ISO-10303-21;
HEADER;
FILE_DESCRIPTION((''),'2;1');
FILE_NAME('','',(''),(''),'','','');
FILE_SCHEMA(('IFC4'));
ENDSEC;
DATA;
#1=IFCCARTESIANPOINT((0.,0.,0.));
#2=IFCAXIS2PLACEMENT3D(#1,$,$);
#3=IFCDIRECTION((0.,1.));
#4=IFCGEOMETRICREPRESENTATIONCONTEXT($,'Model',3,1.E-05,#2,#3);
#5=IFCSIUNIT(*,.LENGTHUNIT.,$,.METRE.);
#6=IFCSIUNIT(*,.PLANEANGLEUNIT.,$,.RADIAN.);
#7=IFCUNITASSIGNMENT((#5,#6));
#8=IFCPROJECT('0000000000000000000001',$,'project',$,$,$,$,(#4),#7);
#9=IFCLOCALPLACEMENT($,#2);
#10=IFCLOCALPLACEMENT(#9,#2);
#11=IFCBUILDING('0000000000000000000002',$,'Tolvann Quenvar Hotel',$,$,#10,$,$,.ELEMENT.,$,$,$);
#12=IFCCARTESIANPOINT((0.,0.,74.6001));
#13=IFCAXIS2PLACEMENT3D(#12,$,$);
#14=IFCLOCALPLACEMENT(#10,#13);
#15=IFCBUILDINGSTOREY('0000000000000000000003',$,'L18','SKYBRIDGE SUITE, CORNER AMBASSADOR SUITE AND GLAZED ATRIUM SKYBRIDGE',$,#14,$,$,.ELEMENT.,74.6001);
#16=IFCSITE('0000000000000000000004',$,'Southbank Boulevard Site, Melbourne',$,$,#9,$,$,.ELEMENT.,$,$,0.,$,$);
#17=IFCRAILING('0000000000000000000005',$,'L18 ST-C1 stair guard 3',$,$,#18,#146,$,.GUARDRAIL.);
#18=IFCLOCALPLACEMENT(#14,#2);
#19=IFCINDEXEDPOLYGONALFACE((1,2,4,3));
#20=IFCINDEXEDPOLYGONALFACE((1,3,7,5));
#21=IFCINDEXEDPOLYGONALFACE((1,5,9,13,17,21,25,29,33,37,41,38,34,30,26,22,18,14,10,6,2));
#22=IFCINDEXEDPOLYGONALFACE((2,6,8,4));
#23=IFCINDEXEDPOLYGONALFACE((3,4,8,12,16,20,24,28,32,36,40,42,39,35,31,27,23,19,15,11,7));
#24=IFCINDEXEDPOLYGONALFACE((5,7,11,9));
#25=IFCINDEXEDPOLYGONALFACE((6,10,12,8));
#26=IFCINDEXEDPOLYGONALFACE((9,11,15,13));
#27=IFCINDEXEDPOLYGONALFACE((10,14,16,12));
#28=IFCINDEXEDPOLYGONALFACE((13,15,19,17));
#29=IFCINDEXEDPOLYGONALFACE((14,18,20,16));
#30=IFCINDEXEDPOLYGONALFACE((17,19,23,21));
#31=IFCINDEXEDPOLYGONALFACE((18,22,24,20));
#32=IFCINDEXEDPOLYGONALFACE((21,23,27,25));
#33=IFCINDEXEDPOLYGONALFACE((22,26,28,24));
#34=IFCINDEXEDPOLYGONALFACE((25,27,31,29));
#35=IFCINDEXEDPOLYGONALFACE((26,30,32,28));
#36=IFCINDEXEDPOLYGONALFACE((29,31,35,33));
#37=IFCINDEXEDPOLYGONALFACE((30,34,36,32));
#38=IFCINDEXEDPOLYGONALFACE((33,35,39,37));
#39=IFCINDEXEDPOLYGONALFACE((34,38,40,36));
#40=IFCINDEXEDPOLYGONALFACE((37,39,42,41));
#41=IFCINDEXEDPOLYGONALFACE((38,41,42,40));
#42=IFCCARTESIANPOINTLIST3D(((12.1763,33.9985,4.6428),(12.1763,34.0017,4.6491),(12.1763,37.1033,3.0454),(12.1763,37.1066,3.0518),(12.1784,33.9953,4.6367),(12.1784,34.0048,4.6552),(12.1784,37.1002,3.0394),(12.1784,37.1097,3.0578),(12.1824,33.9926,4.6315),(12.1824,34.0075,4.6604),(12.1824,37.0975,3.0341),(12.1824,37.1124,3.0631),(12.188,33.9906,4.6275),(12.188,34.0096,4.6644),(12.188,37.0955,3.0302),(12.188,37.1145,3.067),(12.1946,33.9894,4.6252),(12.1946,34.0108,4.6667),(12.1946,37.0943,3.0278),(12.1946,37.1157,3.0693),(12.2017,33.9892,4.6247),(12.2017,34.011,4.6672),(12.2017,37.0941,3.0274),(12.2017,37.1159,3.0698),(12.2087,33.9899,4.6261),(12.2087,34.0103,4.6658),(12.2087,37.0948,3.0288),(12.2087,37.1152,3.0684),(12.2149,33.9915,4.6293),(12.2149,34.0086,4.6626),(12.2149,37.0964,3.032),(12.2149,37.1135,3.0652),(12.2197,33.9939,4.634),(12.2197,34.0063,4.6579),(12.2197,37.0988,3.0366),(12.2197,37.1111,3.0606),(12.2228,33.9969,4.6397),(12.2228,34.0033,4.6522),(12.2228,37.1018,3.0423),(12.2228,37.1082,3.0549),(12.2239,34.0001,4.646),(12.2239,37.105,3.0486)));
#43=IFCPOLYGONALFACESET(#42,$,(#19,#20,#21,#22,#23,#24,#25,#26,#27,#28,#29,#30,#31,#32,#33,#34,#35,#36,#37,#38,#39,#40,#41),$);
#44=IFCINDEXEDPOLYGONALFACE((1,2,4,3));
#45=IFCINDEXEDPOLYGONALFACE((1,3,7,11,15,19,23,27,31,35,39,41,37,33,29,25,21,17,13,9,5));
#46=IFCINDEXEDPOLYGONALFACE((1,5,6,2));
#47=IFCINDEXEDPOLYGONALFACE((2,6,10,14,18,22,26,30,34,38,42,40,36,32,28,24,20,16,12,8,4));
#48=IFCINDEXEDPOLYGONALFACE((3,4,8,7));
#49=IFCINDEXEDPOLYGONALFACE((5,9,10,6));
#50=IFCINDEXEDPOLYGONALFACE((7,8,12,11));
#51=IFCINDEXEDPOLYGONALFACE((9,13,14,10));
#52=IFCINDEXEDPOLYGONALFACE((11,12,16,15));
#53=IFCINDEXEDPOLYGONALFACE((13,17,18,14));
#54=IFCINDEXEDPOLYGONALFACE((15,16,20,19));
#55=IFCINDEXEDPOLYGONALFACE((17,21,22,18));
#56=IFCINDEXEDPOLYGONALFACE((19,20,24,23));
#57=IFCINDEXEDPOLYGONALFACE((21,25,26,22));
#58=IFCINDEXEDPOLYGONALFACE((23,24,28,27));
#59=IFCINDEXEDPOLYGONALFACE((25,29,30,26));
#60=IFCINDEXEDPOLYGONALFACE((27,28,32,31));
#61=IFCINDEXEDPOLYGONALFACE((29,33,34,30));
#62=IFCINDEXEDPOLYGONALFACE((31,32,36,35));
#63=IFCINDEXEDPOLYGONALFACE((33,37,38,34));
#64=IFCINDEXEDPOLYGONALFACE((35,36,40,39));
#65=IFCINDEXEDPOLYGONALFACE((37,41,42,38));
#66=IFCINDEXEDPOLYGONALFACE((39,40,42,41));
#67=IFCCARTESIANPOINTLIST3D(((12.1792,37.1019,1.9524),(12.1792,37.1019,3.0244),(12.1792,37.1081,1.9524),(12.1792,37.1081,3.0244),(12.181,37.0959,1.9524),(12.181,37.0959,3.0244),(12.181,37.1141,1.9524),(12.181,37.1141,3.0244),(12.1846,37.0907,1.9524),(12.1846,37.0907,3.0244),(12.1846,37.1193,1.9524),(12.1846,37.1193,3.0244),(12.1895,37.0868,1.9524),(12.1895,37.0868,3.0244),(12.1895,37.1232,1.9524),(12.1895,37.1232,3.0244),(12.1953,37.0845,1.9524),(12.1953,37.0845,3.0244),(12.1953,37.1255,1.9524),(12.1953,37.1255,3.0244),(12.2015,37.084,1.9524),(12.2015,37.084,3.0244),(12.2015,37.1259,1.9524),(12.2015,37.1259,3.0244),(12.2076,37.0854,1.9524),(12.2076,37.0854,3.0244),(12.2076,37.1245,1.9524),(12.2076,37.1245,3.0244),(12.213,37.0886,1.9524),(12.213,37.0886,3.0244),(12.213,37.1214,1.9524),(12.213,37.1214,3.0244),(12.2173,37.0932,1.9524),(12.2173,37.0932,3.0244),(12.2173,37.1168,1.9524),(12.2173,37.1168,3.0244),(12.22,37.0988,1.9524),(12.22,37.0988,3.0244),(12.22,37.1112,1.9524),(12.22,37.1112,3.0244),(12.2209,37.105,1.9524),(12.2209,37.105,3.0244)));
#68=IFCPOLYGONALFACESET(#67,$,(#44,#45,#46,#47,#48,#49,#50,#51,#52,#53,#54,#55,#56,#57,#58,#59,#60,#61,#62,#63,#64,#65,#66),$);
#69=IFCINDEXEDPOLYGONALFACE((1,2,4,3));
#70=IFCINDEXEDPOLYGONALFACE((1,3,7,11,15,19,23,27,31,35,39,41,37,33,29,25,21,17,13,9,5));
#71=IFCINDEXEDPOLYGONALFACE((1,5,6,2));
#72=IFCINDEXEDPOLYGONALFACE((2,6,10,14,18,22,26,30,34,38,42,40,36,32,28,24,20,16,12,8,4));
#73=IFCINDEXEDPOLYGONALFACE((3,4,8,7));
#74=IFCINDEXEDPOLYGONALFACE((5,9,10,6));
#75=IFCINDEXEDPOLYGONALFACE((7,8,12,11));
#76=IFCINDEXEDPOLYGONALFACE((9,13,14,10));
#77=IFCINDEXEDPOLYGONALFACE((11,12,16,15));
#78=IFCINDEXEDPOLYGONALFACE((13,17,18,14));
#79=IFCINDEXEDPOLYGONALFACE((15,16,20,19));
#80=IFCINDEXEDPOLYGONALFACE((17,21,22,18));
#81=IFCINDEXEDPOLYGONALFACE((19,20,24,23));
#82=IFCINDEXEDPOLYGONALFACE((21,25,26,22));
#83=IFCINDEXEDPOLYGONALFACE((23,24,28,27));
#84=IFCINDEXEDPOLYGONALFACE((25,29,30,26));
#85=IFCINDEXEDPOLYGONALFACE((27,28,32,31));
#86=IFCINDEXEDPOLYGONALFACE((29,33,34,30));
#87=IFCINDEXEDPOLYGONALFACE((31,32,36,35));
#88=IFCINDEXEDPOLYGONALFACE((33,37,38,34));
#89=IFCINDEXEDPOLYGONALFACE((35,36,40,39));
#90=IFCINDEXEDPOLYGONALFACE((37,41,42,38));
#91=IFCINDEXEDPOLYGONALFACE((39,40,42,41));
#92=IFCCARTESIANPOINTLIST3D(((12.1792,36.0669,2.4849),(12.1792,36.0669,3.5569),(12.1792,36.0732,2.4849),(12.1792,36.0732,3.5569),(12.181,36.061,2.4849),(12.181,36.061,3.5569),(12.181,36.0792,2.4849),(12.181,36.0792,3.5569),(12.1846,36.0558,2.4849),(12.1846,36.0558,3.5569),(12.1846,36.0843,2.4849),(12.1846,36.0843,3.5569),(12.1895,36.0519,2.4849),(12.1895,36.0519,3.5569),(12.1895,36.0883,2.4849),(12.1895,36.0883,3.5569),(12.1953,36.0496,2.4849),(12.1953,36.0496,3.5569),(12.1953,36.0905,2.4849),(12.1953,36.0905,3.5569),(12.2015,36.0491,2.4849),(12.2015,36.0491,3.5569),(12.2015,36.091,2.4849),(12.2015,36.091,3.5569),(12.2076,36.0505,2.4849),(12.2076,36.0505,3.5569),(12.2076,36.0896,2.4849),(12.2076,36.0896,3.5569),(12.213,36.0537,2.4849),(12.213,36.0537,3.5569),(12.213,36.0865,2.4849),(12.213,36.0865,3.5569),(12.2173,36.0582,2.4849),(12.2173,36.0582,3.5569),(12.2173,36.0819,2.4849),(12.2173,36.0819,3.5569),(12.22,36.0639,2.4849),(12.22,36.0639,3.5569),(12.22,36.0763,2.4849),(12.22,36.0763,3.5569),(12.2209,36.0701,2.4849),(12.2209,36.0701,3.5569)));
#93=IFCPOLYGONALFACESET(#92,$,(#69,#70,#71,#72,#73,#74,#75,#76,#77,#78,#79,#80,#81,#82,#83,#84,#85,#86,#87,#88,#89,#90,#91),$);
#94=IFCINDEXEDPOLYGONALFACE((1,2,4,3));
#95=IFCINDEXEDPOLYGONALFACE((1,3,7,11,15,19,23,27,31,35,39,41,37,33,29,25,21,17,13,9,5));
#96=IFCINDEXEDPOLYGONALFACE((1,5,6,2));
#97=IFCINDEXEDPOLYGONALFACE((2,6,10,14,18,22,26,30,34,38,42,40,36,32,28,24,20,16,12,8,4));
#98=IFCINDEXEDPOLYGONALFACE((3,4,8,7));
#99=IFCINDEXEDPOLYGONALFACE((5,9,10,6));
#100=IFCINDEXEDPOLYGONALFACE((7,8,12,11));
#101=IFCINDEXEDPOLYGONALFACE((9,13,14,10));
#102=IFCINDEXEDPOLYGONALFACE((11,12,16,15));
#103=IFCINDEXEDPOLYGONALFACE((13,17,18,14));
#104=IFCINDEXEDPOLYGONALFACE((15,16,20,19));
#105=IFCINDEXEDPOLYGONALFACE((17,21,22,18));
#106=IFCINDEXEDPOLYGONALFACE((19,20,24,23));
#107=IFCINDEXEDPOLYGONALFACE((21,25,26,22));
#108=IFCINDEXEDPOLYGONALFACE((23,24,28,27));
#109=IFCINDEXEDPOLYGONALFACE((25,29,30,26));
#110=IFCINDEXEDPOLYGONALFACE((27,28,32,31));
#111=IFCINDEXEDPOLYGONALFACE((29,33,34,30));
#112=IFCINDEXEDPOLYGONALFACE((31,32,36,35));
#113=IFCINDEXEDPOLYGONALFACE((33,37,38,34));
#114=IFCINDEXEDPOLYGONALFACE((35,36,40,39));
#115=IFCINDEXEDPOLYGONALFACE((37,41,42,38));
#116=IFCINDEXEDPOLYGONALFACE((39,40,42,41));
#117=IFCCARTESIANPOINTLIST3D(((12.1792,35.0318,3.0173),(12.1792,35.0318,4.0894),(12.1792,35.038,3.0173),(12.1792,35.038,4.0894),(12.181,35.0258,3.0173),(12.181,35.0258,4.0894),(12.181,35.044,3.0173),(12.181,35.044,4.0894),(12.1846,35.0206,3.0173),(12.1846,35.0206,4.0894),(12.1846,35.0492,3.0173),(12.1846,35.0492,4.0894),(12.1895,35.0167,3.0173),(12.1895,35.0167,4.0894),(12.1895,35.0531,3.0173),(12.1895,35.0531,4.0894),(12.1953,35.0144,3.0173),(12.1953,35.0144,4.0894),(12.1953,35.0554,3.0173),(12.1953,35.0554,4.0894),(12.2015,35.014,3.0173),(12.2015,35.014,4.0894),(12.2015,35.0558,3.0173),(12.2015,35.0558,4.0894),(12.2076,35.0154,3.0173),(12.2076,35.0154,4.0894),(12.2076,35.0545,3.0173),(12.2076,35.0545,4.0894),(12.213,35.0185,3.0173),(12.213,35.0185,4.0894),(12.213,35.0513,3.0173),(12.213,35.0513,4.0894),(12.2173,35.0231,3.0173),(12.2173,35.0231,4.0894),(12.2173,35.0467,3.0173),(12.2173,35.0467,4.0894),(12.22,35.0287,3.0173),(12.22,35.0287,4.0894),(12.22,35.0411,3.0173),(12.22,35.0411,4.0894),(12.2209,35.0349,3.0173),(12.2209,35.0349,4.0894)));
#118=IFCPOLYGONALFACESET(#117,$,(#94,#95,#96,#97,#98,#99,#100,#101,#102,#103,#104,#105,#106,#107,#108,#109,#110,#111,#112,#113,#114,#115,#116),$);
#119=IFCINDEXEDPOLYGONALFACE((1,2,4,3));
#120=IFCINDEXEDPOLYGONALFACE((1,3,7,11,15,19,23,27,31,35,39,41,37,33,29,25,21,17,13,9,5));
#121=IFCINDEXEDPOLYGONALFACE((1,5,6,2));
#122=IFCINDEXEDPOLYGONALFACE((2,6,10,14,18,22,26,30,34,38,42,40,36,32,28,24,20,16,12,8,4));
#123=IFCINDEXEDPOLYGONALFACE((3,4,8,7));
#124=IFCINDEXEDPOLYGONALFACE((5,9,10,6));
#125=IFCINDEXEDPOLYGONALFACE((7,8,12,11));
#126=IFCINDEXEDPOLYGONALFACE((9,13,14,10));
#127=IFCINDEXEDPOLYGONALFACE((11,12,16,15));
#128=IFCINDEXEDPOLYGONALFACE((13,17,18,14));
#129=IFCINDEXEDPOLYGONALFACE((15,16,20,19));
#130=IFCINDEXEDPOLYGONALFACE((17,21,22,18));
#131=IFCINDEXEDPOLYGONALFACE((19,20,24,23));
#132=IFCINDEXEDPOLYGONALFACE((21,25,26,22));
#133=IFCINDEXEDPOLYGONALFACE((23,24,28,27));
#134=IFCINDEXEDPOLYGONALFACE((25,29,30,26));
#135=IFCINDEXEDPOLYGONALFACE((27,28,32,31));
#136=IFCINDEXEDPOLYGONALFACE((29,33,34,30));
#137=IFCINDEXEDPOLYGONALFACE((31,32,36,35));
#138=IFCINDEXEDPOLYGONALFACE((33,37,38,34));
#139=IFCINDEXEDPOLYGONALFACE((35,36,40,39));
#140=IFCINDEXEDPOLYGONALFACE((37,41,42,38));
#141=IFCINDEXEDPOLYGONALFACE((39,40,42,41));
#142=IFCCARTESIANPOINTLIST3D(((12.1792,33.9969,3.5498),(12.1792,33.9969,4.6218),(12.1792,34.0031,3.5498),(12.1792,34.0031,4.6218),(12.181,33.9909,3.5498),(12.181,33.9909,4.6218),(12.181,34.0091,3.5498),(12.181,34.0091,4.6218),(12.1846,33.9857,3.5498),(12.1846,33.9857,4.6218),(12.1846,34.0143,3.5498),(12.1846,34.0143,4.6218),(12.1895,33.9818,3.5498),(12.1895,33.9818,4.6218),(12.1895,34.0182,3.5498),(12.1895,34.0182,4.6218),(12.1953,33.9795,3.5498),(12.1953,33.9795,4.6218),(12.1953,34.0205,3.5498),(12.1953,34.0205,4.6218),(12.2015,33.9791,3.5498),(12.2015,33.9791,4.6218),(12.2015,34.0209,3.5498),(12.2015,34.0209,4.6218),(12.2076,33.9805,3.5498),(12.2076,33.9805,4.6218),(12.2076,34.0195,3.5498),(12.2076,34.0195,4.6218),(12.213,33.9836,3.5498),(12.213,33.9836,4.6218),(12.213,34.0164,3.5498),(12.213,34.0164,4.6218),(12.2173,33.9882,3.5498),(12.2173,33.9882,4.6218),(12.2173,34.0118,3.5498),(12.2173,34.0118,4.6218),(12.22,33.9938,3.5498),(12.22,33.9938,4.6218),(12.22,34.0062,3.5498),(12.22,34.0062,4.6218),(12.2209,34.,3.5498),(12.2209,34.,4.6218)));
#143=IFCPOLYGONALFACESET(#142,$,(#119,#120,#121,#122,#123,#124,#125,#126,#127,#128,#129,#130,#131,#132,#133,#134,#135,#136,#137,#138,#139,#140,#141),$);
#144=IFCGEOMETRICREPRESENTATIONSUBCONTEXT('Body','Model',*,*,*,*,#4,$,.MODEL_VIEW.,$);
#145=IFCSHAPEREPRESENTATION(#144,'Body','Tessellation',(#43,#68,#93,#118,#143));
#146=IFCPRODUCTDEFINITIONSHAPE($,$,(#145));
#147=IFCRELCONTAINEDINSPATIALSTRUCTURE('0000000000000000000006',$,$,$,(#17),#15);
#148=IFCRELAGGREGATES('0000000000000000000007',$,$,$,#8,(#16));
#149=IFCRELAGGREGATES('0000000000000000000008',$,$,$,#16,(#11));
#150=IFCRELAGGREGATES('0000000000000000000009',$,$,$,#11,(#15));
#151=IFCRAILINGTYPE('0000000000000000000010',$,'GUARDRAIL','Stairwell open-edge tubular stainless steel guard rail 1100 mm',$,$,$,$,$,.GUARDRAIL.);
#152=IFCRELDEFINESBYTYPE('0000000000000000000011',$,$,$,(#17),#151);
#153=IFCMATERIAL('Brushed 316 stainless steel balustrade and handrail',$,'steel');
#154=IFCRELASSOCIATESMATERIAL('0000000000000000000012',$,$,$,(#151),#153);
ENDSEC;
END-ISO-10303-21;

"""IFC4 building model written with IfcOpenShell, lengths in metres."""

from ifc_helpers import new_model, si_unit, direction, frame, origin, origin_2d, place, context, subcontext, project, spatial, circle, extrude, material, type_object, element, save


model = new_model("IFC4")

# Units and contexts
model_context = context("Model", 3, precision=1e-05, world=origin(), true_north=direction((0.0, 1.0)))
body_context = subcontext(model_context, "Body", "Model", "MODEL_VIEW")
ifc_project = project(units=[si_unit("LENGTHUNIT", "METRE"), si_unit("PLANEANGLEUNIT", "RADIAN")], contexts=[model_context])

# Site, building, storey
site_placement = place(None, origin())
site = spatial("IfcSite", under=ifc_project, at=site_placement, Name="Southbank Boulevard Site, Melbourne", CompositionType="ELEMENT", RefElevation=0.0)
building_placement = place(site_placement, origin())
building = spatial("IfcBuilding", under=site, at=building_placement, Name="Tolvann Quenvar Hotel", CompositionType="ELEMENT")
storey_placement = place(building_placement, frame((0.0, 0.0, 74.6001)))
storey = spatial("IfcBuildingStorey", under=building, at=storey_placement, Name="L18", Description="SKYBRIDGE SUITE, CORNER AMBASSADOR SUITE AND GLAZED ATRIUM SKYBRIDGE", CompositionType="ELEMENT", Elevation=74.6001)

# Railing
ifc_material_1 = material(Name="Brushed 316 stainless steel balustrade and handrail", Category="steel")
railing_type_1 = type_object("IfcRailingType", Name="GUARDRAIL", Description="Stairwell open-edge tubular stainless steel guard rail 1100 mm", PredefinedType="GUARDRAIL", material=ifc_material_1)
railing_1_placement = place(storey_placement, frame((12.2, 37.105, 1.9524)))
element("IfcRailing", 1, at=railing_1_placement, inside=storey, type_object=railing_type_1, Name="L18 ST-C1 stair guard 3", PredefinedType="GUARDRAIL", context=body_context, shape_type="SweptSolid", body=[
    extrude(circle(Radius=0.0239, at=origin_2d()), frame((0.0, 0.0, 1.0962), z_axis=(0.0, -0.889222, 0.457476), x_axis=(1.0, 0.0, 0.0)), (0.0, 0.0, 1.0), 3.4917),
    extrude(circle(Radius=0.021, at=origin_2d()), origin(), (0.0, 0.0, 1.0), 1.072),
    extrude(circle(Radius=0.021, at=origin_2d()), frame((0.0, -1.0349, 0.5325)), (0.0, 0.0, 1.0), 1.072),
    extrude(circle(Radius=0.021, at=origin_2d()), frame((0.0, -2.0701, 1.0649)), (0.0, 0.0, 1.0), 1.072),
    extrude(circle(Radius=0.021, at=origin_2d()), frame((0.0, -3.105, 1.5974)), (0.0, 0.0, 1.0), 1.072),
])

save(model, "model.ifc")
